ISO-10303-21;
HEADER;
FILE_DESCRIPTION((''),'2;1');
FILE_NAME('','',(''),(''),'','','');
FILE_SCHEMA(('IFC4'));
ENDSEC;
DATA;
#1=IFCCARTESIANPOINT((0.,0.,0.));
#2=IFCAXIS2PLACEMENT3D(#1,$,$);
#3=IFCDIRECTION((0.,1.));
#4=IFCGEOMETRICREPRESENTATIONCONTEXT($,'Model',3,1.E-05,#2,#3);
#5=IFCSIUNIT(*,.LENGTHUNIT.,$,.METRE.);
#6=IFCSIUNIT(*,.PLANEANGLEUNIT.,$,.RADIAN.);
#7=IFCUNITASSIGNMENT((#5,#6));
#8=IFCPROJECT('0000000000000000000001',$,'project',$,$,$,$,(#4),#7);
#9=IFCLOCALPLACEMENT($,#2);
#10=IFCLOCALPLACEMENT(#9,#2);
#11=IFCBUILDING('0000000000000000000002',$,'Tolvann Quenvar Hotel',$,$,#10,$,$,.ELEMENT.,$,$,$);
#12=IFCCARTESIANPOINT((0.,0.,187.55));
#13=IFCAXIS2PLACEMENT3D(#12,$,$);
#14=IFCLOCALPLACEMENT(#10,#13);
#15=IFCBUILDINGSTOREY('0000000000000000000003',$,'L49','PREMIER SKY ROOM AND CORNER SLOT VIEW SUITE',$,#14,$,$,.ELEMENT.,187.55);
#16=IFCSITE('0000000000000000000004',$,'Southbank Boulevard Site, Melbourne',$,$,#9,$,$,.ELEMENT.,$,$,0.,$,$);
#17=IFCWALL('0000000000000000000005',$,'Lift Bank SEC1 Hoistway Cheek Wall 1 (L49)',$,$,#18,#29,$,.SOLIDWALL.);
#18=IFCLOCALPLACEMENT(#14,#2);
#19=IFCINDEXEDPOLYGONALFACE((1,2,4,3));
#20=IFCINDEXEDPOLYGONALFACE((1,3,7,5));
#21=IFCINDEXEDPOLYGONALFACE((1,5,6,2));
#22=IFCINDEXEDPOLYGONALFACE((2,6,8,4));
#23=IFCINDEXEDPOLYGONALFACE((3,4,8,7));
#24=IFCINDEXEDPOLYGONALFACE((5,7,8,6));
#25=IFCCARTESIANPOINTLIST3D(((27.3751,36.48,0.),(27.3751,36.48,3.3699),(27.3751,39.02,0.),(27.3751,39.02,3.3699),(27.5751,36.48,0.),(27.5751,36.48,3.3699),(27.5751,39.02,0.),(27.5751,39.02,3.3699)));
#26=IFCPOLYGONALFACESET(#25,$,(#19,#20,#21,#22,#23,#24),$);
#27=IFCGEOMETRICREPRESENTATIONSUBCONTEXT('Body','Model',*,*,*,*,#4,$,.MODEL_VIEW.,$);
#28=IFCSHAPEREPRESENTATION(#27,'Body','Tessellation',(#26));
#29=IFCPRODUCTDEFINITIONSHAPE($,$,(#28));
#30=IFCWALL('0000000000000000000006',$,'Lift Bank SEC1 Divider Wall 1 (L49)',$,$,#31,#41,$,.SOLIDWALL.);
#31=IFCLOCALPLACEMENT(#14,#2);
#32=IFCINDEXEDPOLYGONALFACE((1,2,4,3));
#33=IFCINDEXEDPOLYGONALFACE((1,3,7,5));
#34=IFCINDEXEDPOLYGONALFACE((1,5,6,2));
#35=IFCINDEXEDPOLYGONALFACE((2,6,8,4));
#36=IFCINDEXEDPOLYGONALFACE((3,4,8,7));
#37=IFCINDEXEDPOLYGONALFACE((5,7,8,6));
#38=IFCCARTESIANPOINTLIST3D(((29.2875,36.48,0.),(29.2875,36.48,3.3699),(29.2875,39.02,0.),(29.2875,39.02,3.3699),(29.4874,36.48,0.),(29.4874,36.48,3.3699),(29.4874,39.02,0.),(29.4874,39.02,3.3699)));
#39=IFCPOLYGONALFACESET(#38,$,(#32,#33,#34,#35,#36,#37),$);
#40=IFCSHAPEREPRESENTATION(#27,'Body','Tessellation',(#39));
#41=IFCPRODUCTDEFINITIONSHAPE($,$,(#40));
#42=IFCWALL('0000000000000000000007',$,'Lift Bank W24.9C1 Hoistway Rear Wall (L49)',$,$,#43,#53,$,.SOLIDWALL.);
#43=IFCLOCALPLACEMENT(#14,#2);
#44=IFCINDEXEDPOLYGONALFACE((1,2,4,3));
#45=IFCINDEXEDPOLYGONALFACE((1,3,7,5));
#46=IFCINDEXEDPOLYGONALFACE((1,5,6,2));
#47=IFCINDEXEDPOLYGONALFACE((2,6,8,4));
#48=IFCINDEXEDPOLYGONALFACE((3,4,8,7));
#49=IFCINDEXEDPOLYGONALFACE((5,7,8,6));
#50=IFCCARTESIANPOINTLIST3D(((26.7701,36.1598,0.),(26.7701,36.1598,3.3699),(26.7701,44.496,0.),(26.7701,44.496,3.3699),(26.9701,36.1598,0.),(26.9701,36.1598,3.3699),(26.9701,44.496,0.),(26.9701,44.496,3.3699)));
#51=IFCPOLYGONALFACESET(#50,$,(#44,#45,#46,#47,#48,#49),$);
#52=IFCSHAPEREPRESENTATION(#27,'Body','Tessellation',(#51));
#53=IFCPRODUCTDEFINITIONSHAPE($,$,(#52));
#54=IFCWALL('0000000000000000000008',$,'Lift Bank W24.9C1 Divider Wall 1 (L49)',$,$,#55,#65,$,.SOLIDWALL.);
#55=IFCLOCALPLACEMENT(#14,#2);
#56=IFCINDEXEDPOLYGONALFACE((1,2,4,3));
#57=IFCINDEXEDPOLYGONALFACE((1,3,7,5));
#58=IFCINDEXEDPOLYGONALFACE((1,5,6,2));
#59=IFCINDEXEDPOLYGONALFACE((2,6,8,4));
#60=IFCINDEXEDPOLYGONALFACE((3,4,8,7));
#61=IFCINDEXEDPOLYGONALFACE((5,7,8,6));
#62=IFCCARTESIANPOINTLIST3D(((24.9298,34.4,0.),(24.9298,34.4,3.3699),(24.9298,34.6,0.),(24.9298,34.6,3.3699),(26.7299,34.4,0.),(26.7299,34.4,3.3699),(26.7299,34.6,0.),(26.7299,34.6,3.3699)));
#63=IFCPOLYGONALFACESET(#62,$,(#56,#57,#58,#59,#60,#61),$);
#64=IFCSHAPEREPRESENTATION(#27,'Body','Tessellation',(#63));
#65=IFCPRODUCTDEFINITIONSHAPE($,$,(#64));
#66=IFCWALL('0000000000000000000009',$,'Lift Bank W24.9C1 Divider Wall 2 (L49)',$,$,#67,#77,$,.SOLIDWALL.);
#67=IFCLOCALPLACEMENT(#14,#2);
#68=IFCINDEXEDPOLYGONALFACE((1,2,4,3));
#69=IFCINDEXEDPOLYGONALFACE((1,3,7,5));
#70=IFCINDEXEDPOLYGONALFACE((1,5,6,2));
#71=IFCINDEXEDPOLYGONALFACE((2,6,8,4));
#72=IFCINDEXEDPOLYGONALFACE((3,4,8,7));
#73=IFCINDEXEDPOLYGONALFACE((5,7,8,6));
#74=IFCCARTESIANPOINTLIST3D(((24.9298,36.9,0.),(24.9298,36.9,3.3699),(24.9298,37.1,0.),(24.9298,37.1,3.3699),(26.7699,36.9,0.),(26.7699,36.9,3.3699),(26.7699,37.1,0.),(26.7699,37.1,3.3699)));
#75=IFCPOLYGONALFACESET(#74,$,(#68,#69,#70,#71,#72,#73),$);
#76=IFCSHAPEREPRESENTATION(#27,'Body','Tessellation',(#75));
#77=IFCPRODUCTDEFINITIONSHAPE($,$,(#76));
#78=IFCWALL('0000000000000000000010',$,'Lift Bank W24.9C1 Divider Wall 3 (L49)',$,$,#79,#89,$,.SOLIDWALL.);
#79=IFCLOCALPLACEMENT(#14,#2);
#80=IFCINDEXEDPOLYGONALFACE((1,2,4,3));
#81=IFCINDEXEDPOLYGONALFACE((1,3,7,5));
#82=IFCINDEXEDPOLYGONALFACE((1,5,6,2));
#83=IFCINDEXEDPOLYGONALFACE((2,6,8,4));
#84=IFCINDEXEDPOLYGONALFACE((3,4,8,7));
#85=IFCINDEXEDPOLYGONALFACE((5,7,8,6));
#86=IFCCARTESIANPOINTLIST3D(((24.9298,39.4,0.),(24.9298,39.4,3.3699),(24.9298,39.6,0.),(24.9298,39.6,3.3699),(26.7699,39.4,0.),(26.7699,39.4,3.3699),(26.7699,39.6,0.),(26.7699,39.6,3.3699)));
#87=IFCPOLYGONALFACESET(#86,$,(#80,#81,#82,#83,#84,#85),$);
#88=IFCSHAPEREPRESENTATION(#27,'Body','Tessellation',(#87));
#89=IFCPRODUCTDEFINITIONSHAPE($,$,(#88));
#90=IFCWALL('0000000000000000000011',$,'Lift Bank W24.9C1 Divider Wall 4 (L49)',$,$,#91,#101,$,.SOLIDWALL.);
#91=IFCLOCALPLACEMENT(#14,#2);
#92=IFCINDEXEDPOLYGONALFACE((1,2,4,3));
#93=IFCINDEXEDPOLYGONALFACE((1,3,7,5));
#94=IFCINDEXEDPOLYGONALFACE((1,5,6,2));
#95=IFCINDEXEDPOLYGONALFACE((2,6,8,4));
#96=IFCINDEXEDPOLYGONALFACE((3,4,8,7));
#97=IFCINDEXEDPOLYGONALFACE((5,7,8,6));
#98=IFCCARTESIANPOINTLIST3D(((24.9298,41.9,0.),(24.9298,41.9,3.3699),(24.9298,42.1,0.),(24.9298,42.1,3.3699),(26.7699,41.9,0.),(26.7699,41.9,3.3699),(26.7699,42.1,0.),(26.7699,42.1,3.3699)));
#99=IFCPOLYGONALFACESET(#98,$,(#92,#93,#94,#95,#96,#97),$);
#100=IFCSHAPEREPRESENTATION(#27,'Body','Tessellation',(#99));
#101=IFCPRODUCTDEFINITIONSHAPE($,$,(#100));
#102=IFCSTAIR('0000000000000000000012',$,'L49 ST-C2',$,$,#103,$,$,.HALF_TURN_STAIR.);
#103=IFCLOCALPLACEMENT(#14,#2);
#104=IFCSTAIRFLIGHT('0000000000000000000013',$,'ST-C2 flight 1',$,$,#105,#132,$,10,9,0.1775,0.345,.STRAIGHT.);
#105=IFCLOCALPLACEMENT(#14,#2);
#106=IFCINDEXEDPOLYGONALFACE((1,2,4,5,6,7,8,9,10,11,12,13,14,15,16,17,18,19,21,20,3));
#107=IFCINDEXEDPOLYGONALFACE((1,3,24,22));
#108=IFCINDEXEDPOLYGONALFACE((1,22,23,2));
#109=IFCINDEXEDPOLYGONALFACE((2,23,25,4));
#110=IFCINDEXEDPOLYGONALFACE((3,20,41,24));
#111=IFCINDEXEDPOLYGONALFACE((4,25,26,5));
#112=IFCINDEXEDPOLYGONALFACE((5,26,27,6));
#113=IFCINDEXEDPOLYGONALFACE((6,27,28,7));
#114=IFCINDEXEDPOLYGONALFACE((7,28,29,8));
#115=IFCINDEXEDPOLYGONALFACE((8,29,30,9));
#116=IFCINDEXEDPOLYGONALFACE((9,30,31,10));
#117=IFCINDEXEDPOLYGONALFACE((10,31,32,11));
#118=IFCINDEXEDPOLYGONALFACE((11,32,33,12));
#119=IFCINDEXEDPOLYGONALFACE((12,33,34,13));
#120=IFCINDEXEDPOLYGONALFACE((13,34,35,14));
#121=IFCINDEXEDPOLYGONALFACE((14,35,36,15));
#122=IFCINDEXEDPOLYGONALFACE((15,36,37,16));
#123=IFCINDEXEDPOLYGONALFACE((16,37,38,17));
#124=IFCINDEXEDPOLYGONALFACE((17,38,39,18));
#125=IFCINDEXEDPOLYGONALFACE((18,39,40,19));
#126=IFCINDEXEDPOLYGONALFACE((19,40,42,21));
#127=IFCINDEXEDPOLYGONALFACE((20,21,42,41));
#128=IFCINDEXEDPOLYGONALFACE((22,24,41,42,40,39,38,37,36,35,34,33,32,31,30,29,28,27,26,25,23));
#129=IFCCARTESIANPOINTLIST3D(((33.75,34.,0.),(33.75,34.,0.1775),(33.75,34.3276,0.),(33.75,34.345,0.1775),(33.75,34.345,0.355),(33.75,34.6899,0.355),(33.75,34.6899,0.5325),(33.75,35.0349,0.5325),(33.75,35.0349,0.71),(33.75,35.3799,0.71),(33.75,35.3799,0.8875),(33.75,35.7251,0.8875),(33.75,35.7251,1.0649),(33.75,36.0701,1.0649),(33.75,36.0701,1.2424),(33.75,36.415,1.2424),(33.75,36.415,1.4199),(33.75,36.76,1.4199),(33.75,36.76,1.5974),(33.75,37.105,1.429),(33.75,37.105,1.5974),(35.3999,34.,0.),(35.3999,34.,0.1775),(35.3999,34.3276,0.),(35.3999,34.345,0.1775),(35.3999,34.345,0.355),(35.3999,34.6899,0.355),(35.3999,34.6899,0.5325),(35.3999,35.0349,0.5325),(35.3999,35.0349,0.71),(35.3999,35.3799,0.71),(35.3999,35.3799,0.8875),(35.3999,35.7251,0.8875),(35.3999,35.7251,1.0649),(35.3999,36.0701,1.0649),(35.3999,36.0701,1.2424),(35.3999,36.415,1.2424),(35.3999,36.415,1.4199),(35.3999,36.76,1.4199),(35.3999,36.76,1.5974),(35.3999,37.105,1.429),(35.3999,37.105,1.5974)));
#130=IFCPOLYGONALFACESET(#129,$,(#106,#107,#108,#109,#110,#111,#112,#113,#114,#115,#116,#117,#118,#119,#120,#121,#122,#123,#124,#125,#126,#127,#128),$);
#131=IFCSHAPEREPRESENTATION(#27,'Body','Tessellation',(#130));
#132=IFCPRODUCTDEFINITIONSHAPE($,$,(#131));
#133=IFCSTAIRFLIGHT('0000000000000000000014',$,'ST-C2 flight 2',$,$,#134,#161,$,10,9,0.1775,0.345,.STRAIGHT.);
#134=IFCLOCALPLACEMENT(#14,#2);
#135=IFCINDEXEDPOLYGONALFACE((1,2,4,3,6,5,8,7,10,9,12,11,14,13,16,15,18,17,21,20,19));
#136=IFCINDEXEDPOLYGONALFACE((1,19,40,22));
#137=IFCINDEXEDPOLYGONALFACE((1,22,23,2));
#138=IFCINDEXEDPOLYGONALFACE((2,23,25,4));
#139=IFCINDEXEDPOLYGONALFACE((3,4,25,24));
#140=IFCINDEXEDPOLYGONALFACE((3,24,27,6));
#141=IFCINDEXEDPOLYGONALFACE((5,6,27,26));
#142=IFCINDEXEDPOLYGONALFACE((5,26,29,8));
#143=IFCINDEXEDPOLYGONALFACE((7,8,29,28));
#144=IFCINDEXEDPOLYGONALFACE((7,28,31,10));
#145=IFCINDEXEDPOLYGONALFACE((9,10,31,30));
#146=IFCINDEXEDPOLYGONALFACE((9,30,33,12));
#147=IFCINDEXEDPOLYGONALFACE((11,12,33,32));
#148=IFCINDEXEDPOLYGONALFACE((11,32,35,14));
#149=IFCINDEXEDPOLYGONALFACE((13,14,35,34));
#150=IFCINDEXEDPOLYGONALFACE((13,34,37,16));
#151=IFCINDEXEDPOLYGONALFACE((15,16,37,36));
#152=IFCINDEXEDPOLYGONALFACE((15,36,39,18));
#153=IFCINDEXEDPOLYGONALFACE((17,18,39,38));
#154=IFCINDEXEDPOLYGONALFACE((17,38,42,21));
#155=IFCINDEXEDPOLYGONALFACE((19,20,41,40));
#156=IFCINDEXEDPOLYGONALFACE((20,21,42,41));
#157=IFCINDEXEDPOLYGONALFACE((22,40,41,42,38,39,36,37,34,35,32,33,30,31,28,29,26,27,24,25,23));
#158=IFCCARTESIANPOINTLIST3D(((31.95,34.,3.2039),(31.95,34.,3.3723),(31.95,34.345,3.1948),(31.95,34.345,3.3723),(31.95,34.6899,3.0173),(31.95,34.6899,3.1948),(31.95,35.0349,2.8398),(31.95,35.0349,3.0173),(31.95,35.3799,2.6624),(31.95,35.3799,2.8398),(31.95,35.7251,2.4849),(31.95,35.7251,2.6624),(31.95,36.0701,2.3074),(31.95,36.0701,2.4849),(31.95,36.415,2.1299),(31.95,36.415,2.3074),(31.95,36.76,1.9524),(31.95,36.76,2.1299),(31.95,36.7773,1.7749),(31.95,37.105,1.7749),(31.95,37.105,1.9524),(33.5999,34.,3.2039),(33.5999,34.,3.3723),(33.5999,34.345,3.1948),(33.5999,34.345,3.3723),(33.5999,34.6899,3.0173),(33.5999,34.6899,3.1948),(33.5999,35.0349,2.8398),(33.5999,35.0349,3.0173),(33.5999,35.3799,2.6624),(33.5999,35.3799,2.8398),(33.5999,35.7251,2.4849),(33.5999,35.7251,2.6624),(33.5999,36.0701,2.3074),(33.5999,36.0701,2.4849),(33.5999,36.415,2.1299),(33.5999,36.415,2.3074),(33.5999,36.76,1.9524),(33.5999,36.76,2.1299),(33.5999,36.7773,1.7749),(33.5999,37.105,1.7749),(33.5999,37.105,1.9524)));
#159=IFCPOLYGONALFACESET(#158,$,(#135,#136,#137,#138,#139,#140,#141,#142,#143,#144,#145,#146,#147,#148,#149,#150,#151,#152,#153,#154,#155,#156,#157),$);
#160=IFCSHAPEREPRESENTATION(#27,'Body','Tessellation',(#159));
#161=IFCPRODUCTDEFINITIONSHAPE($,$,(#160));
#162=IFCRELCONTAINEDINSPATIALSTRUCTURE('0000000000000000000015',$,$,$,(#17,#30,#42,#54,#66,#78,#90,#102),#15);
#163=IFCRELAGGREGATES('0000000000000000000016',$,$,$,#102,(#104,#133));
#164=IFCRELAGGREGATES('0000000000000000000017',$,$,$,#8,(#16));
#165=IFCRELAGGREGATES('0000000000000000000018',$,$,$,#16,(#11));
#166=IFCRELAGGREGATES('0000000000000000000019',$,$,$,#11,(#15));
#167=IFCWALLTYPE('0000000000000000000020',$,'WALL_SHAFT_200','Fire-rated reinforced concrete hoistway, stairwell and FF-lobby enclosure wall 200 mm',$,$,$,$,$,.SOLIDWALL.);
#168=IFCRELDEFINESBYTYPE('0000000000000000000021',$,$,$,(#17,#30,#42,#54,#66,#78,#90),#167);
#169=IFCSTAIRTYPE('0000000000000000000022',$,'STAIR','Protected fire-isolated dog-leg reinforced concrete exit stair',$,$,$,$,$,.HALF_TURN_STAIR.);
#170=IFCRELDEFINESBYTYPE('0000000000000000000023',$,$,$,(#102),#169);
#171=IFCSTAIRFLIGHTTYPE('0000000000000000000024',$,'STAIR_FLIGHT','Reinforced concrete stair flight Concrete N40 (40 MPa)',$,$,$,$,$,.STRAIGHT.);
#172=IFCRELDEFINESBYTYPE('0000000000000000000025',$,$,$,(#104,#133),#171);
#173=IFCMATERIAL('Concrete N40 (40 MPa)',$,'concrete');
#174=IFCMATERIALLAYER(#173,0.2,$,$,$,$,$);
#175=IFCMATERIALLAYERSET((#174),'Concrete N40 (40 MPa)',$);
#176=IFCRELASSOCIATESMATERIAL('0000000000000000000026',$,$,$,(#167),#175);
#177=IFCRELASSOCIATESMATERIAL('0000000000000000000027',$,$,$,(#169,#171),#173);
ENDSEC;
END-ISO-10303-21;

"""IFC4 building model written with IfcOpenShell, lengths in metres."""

from ifc_helpers import new_model, si_unit, direction, frame, frame_2d, origin, place, context, subcontext, project, spatial, polyline, rectangle, outline, extrude, material, layer, layer_set, type_object, element, aggregate, save


model = new_model("IFC4")

# Units and contexts
model_context = context("Model", 3, precision=1e-05, world=origin(), true_north=direction((0.0, 1.0)))
body_context = subcontext(model_context, "Body", "Model", "MODEL_VIEW")
ifc_project = project(units=[si_unit("LENGTHUNIT", "METRE"), si_unit("PLANEANGLEUNIT", "RADIAN")], contexts=[model_context])

# Site, building, storey
site_placement = place(None, origin())
site = spatial("IfcSite", under=ifc_project, at=site_placement, Name="Southbank Boulevard Site, Melbourne", CompositionType="ELEMENT", RefElevation=0.0)
building_placement = place(site_placement, origin())
building = spatial("IfcBuilding", under=site, at=building_placement, Name="Tolvann Quenvar Hotel", CompositionType="ELEMENT")
storey_placement = place(building_placement, frame((0.0, 0.0, 187.55)))
storey = spatial("IfcBuildingStorey", under=building, at=storey_placement, Name="L49", Description="PREMIER SKY ROOM AND CORNER SLOT VIEW SUITE", CompositionType="ELEMENT", Elevation=187.55)

# Shared definitions
ifc_material_1 = material(Name="Concrete N40 (40 MPa)", Category="concrete")
ifc_layer_1 = layer(ifc_material_1, 0.2)
ifc_layer_set_1 = layer_set([ifc_layer_1], Name="Concrete N40 (40 MPa)")
wall_type_1 = type_object("IfcWallType", Name="WALL_SHAFT_200", Description="Fire-rated reinforced concrete hoistway, stairwell and FF-lobby enclosure wall 200 mm", PredefinedType="SOLIDWALL", material=ifc_layer_set_1)

# Walls
for number, where, z_axis, x_axis, name in (
    (1, (27.4751, 36.48, 0.0), (0.0, 0.0, 1.0), (0.0, 1.0, 0.0), "Lift Bank SEC1 Hoistway Cheek Wall 1 (L49)"),
    (2, (29.3875, 36.48, 0.0), (0.0, 0.0, 1.0), (0.0, 1.0, 0.0), "Lift Bank SEC1 Divider Wall 1 (L49)"),
):
    element("IfcWall", number, at=place(storey_placement, frame(where, z_axis=z_axis, x_axis=x_axis)), inside=storey, type_object=wall_type_1, Name=name, PredefinedType="SOLIDWALL", context=body_context, shape_type="SweptSolid", body=[
        extrude(rectangle(XDim=2.54, YDim=0.2, at=frame_2d((1.27, 0.0))), origin(), (0.0, 0.0, 1.0), 3.3699),
    ])
wall_1_placement = place(storey_placement, frame((26.8701, 36.1599, 0.0), z_axis=(0.0, 0.0, 1.0), x_axis=(0.0, 1.0, 0.0)))
element("IfcWall", 3, at=wall_1_placement, inside=storey, type_object=wall_type_1, Name="Lift Bank W24.9C1 Hoistway Rear Wall (L49)", PredefinedType="SOLIDWALL", context=body_context, shape_type="SweptSolid", body=[
    extrude(rectangle(XDim=8.3362, YDim=0.2, at=frame_2d((4.168, 0.0))), origin(), (0.0, 0.0, 1.0), 3.3699),
])
wall_2_placement = place(storey_placement, frame((24.9299, 34.5, 0.0), z_axis=(0.0, 0.0, 1.0), x_axis=(1.0, 0.0, 0.0)))
element("IfcWall", 4, at=wall_2_placement, inside=storey, type_object=wall_type_1, Name="Lift Bank W24.9C1 Divider Wall 1 (L49)", PredefinedType="SOLIDWALL", context=body_context, shape_type="SweptSolid", body=[
    extrude(rectangle(XDim=1.8, YDim=0.2, at=frame_2d((0.8999, 0.0))), origin(), (0.0, 0.0, 1.0), 3.3699),
])
for number, where, z_axis, x_axis, name in (
    (5, (24.9299, 37.0, 0.0), (0.0, 0.0, 1.0), (1.0, 0.0, 0.0), "Lift Bank W24.9C1 Divider Wall 2 (L49)"),
    (6, (24.9299, 39.5, 0.0), (0.0, 0.0, 1.0), (1.0, 0.0, 0.0), "Lift Bank W24.9C1 Divider Wall 3 (L49)"),
    (7, (24.9299, 42.0, 0.0), (0.0, 0.0, 1.0), (1.0, 0.0, 0.0), "Lift Bank W24.9C1 Divider Wall 4 (L49)"),
):
    element("IfcWall", number, at=place(storey_placement, frame(where, z_axis=z_axis, x_axis=x_axis)), inside=storey, type_object=wall_type_1, Name=name, PredefinedType="SOLIDWALL", context=body_context, shape_type="SweptSolid", body=[
        extrude(rectangle(XDim=1.8401, YDim=0.2, at=frame_2d((0.9199, 0.0))), origin(), (0.0, 0.0, 1.0), 3.3699),
    ])

# Stair, stair flights
stair_type = type_object("IfcStairType", Name="STAIR", Description="Protected fire-isolated dog-leg reinforced concrete exit stair", PredefinedType="HALF_TURN_STAIR", material=ifc_material_1)
stair_placement = place(storey_placement, origin())
stair = element("IfcStair", 8, at=stair_placement, inside=storey, type_object=stair_type, Name="L49 ST-C2", PredefinedType="HALF_TURN_STAIR")
stair_flight_type = type_object("IfcStairFlightType", Name="STAIR_FLIGHT", Description="Reinforced concrete stair flight Concrete N40 (40 MPa)", PredefinedType="STRAIGHT", material=ifc_material_1)
stair_flight_1_placement = place(storey_placement, frame((34.575, 34.0, 0.0), z_axis=(0.0, 0.0, 1.0), x_axis=(0.0, 1.0, 0.0)))
stair_flight_1 = element("IfcStairFlight", 9, at=stair_flight_1_placement, type_object=stair_flight_type, Name="ST-C2 flight 1", NumberOfRisers=10, NumberOfTreads=9, PredefinedType="STRAIGHT", RiserHeight=0.1775, TreadLength=0.345, context=body_context, shape_type="SweptSolid", body=[
    extrude(outline(polyline([(0.0, 0.0), (0.0, 0.1775), (0.345, 0.1775), (0.345, 0.355), (0.6899, 0.355), (0.6899, 0.5325), (1.0349, 0.5325), (1.0349, 0.71), (1.3799, 0.71), (1.3799, 0.8875), (1.7251, 0.8875), (1.7251, 1.0649), (2.0701, 1.0649), (2.0701, 1.2424), (2.415, 1.2424), (2.415, 1.4199), (2.76, 1.4199), (2.76, 1.5974), (3.105, 1.5974), (3.105, 1.7749), (3.105, 1.429), (0.3276, 0.0), (0.0, 0.0)])), frame((0.0, 0.825, 0.0), z_axis=(0.0, -1.0, 0.0), x_axis=(1.0, 0.0, 0.0)), (0.0, 0.0, 1.0), 1.6499),
])
stair_flight_2_placement = place(storey_placement, frame((32.7749, 37.105, 1.7749), z_axis=(0.0, 0.0, 1.0), x_axis=(0.0, -1.0, 0.0)))
stair_flight_2 = element("IfcStairFlight", 10, at=stair_flight_2_placement, type_object=stair_flight_type, Name="ST-C2 flight 2", NumberOfRisers=10, NumberOfTreads=9, PredefinedType="STRAIGHT", RiserHeight=0.1775, TreadLength=0.345, context=body_context, shape_type="SweptSolid", body=[
    extrude(outline(polyline([(0.0, 0.0), (0.0, 0.1775), (0.345, 0.1775), (0.345, 0.355), (0.6899, 0.355), (0.6899, 0.5325), (1.0349, 0.5325), (1.0349, 0.71), (1.3799, 0.71), (1.3799, 0.8875), (1.7251, 0.8875), (1.7251, 1.0649), (2.0701, 1.0649), (2.0701, 1.2424), (2.415, 1.2424), (2.415, 1.4199), (2.76, 1.4199), (2.76, 1.5974), (3.105, 1.5974), (3.105, 1.7749), (3.105, 1.429), (0.3276, 0.0), (0.0, 0.0)])), frame((0.0, 0.825, 0.0), z_axis=(0.0, -1.0, 0.0), x_axis=(1.0, 0.0, 0.0)), (0.0, 0.0, 1.0), 1.6499),
])
aggregate(stair, [stair_flight_1, stair_flight_2])

save(model, "model.ifc")
